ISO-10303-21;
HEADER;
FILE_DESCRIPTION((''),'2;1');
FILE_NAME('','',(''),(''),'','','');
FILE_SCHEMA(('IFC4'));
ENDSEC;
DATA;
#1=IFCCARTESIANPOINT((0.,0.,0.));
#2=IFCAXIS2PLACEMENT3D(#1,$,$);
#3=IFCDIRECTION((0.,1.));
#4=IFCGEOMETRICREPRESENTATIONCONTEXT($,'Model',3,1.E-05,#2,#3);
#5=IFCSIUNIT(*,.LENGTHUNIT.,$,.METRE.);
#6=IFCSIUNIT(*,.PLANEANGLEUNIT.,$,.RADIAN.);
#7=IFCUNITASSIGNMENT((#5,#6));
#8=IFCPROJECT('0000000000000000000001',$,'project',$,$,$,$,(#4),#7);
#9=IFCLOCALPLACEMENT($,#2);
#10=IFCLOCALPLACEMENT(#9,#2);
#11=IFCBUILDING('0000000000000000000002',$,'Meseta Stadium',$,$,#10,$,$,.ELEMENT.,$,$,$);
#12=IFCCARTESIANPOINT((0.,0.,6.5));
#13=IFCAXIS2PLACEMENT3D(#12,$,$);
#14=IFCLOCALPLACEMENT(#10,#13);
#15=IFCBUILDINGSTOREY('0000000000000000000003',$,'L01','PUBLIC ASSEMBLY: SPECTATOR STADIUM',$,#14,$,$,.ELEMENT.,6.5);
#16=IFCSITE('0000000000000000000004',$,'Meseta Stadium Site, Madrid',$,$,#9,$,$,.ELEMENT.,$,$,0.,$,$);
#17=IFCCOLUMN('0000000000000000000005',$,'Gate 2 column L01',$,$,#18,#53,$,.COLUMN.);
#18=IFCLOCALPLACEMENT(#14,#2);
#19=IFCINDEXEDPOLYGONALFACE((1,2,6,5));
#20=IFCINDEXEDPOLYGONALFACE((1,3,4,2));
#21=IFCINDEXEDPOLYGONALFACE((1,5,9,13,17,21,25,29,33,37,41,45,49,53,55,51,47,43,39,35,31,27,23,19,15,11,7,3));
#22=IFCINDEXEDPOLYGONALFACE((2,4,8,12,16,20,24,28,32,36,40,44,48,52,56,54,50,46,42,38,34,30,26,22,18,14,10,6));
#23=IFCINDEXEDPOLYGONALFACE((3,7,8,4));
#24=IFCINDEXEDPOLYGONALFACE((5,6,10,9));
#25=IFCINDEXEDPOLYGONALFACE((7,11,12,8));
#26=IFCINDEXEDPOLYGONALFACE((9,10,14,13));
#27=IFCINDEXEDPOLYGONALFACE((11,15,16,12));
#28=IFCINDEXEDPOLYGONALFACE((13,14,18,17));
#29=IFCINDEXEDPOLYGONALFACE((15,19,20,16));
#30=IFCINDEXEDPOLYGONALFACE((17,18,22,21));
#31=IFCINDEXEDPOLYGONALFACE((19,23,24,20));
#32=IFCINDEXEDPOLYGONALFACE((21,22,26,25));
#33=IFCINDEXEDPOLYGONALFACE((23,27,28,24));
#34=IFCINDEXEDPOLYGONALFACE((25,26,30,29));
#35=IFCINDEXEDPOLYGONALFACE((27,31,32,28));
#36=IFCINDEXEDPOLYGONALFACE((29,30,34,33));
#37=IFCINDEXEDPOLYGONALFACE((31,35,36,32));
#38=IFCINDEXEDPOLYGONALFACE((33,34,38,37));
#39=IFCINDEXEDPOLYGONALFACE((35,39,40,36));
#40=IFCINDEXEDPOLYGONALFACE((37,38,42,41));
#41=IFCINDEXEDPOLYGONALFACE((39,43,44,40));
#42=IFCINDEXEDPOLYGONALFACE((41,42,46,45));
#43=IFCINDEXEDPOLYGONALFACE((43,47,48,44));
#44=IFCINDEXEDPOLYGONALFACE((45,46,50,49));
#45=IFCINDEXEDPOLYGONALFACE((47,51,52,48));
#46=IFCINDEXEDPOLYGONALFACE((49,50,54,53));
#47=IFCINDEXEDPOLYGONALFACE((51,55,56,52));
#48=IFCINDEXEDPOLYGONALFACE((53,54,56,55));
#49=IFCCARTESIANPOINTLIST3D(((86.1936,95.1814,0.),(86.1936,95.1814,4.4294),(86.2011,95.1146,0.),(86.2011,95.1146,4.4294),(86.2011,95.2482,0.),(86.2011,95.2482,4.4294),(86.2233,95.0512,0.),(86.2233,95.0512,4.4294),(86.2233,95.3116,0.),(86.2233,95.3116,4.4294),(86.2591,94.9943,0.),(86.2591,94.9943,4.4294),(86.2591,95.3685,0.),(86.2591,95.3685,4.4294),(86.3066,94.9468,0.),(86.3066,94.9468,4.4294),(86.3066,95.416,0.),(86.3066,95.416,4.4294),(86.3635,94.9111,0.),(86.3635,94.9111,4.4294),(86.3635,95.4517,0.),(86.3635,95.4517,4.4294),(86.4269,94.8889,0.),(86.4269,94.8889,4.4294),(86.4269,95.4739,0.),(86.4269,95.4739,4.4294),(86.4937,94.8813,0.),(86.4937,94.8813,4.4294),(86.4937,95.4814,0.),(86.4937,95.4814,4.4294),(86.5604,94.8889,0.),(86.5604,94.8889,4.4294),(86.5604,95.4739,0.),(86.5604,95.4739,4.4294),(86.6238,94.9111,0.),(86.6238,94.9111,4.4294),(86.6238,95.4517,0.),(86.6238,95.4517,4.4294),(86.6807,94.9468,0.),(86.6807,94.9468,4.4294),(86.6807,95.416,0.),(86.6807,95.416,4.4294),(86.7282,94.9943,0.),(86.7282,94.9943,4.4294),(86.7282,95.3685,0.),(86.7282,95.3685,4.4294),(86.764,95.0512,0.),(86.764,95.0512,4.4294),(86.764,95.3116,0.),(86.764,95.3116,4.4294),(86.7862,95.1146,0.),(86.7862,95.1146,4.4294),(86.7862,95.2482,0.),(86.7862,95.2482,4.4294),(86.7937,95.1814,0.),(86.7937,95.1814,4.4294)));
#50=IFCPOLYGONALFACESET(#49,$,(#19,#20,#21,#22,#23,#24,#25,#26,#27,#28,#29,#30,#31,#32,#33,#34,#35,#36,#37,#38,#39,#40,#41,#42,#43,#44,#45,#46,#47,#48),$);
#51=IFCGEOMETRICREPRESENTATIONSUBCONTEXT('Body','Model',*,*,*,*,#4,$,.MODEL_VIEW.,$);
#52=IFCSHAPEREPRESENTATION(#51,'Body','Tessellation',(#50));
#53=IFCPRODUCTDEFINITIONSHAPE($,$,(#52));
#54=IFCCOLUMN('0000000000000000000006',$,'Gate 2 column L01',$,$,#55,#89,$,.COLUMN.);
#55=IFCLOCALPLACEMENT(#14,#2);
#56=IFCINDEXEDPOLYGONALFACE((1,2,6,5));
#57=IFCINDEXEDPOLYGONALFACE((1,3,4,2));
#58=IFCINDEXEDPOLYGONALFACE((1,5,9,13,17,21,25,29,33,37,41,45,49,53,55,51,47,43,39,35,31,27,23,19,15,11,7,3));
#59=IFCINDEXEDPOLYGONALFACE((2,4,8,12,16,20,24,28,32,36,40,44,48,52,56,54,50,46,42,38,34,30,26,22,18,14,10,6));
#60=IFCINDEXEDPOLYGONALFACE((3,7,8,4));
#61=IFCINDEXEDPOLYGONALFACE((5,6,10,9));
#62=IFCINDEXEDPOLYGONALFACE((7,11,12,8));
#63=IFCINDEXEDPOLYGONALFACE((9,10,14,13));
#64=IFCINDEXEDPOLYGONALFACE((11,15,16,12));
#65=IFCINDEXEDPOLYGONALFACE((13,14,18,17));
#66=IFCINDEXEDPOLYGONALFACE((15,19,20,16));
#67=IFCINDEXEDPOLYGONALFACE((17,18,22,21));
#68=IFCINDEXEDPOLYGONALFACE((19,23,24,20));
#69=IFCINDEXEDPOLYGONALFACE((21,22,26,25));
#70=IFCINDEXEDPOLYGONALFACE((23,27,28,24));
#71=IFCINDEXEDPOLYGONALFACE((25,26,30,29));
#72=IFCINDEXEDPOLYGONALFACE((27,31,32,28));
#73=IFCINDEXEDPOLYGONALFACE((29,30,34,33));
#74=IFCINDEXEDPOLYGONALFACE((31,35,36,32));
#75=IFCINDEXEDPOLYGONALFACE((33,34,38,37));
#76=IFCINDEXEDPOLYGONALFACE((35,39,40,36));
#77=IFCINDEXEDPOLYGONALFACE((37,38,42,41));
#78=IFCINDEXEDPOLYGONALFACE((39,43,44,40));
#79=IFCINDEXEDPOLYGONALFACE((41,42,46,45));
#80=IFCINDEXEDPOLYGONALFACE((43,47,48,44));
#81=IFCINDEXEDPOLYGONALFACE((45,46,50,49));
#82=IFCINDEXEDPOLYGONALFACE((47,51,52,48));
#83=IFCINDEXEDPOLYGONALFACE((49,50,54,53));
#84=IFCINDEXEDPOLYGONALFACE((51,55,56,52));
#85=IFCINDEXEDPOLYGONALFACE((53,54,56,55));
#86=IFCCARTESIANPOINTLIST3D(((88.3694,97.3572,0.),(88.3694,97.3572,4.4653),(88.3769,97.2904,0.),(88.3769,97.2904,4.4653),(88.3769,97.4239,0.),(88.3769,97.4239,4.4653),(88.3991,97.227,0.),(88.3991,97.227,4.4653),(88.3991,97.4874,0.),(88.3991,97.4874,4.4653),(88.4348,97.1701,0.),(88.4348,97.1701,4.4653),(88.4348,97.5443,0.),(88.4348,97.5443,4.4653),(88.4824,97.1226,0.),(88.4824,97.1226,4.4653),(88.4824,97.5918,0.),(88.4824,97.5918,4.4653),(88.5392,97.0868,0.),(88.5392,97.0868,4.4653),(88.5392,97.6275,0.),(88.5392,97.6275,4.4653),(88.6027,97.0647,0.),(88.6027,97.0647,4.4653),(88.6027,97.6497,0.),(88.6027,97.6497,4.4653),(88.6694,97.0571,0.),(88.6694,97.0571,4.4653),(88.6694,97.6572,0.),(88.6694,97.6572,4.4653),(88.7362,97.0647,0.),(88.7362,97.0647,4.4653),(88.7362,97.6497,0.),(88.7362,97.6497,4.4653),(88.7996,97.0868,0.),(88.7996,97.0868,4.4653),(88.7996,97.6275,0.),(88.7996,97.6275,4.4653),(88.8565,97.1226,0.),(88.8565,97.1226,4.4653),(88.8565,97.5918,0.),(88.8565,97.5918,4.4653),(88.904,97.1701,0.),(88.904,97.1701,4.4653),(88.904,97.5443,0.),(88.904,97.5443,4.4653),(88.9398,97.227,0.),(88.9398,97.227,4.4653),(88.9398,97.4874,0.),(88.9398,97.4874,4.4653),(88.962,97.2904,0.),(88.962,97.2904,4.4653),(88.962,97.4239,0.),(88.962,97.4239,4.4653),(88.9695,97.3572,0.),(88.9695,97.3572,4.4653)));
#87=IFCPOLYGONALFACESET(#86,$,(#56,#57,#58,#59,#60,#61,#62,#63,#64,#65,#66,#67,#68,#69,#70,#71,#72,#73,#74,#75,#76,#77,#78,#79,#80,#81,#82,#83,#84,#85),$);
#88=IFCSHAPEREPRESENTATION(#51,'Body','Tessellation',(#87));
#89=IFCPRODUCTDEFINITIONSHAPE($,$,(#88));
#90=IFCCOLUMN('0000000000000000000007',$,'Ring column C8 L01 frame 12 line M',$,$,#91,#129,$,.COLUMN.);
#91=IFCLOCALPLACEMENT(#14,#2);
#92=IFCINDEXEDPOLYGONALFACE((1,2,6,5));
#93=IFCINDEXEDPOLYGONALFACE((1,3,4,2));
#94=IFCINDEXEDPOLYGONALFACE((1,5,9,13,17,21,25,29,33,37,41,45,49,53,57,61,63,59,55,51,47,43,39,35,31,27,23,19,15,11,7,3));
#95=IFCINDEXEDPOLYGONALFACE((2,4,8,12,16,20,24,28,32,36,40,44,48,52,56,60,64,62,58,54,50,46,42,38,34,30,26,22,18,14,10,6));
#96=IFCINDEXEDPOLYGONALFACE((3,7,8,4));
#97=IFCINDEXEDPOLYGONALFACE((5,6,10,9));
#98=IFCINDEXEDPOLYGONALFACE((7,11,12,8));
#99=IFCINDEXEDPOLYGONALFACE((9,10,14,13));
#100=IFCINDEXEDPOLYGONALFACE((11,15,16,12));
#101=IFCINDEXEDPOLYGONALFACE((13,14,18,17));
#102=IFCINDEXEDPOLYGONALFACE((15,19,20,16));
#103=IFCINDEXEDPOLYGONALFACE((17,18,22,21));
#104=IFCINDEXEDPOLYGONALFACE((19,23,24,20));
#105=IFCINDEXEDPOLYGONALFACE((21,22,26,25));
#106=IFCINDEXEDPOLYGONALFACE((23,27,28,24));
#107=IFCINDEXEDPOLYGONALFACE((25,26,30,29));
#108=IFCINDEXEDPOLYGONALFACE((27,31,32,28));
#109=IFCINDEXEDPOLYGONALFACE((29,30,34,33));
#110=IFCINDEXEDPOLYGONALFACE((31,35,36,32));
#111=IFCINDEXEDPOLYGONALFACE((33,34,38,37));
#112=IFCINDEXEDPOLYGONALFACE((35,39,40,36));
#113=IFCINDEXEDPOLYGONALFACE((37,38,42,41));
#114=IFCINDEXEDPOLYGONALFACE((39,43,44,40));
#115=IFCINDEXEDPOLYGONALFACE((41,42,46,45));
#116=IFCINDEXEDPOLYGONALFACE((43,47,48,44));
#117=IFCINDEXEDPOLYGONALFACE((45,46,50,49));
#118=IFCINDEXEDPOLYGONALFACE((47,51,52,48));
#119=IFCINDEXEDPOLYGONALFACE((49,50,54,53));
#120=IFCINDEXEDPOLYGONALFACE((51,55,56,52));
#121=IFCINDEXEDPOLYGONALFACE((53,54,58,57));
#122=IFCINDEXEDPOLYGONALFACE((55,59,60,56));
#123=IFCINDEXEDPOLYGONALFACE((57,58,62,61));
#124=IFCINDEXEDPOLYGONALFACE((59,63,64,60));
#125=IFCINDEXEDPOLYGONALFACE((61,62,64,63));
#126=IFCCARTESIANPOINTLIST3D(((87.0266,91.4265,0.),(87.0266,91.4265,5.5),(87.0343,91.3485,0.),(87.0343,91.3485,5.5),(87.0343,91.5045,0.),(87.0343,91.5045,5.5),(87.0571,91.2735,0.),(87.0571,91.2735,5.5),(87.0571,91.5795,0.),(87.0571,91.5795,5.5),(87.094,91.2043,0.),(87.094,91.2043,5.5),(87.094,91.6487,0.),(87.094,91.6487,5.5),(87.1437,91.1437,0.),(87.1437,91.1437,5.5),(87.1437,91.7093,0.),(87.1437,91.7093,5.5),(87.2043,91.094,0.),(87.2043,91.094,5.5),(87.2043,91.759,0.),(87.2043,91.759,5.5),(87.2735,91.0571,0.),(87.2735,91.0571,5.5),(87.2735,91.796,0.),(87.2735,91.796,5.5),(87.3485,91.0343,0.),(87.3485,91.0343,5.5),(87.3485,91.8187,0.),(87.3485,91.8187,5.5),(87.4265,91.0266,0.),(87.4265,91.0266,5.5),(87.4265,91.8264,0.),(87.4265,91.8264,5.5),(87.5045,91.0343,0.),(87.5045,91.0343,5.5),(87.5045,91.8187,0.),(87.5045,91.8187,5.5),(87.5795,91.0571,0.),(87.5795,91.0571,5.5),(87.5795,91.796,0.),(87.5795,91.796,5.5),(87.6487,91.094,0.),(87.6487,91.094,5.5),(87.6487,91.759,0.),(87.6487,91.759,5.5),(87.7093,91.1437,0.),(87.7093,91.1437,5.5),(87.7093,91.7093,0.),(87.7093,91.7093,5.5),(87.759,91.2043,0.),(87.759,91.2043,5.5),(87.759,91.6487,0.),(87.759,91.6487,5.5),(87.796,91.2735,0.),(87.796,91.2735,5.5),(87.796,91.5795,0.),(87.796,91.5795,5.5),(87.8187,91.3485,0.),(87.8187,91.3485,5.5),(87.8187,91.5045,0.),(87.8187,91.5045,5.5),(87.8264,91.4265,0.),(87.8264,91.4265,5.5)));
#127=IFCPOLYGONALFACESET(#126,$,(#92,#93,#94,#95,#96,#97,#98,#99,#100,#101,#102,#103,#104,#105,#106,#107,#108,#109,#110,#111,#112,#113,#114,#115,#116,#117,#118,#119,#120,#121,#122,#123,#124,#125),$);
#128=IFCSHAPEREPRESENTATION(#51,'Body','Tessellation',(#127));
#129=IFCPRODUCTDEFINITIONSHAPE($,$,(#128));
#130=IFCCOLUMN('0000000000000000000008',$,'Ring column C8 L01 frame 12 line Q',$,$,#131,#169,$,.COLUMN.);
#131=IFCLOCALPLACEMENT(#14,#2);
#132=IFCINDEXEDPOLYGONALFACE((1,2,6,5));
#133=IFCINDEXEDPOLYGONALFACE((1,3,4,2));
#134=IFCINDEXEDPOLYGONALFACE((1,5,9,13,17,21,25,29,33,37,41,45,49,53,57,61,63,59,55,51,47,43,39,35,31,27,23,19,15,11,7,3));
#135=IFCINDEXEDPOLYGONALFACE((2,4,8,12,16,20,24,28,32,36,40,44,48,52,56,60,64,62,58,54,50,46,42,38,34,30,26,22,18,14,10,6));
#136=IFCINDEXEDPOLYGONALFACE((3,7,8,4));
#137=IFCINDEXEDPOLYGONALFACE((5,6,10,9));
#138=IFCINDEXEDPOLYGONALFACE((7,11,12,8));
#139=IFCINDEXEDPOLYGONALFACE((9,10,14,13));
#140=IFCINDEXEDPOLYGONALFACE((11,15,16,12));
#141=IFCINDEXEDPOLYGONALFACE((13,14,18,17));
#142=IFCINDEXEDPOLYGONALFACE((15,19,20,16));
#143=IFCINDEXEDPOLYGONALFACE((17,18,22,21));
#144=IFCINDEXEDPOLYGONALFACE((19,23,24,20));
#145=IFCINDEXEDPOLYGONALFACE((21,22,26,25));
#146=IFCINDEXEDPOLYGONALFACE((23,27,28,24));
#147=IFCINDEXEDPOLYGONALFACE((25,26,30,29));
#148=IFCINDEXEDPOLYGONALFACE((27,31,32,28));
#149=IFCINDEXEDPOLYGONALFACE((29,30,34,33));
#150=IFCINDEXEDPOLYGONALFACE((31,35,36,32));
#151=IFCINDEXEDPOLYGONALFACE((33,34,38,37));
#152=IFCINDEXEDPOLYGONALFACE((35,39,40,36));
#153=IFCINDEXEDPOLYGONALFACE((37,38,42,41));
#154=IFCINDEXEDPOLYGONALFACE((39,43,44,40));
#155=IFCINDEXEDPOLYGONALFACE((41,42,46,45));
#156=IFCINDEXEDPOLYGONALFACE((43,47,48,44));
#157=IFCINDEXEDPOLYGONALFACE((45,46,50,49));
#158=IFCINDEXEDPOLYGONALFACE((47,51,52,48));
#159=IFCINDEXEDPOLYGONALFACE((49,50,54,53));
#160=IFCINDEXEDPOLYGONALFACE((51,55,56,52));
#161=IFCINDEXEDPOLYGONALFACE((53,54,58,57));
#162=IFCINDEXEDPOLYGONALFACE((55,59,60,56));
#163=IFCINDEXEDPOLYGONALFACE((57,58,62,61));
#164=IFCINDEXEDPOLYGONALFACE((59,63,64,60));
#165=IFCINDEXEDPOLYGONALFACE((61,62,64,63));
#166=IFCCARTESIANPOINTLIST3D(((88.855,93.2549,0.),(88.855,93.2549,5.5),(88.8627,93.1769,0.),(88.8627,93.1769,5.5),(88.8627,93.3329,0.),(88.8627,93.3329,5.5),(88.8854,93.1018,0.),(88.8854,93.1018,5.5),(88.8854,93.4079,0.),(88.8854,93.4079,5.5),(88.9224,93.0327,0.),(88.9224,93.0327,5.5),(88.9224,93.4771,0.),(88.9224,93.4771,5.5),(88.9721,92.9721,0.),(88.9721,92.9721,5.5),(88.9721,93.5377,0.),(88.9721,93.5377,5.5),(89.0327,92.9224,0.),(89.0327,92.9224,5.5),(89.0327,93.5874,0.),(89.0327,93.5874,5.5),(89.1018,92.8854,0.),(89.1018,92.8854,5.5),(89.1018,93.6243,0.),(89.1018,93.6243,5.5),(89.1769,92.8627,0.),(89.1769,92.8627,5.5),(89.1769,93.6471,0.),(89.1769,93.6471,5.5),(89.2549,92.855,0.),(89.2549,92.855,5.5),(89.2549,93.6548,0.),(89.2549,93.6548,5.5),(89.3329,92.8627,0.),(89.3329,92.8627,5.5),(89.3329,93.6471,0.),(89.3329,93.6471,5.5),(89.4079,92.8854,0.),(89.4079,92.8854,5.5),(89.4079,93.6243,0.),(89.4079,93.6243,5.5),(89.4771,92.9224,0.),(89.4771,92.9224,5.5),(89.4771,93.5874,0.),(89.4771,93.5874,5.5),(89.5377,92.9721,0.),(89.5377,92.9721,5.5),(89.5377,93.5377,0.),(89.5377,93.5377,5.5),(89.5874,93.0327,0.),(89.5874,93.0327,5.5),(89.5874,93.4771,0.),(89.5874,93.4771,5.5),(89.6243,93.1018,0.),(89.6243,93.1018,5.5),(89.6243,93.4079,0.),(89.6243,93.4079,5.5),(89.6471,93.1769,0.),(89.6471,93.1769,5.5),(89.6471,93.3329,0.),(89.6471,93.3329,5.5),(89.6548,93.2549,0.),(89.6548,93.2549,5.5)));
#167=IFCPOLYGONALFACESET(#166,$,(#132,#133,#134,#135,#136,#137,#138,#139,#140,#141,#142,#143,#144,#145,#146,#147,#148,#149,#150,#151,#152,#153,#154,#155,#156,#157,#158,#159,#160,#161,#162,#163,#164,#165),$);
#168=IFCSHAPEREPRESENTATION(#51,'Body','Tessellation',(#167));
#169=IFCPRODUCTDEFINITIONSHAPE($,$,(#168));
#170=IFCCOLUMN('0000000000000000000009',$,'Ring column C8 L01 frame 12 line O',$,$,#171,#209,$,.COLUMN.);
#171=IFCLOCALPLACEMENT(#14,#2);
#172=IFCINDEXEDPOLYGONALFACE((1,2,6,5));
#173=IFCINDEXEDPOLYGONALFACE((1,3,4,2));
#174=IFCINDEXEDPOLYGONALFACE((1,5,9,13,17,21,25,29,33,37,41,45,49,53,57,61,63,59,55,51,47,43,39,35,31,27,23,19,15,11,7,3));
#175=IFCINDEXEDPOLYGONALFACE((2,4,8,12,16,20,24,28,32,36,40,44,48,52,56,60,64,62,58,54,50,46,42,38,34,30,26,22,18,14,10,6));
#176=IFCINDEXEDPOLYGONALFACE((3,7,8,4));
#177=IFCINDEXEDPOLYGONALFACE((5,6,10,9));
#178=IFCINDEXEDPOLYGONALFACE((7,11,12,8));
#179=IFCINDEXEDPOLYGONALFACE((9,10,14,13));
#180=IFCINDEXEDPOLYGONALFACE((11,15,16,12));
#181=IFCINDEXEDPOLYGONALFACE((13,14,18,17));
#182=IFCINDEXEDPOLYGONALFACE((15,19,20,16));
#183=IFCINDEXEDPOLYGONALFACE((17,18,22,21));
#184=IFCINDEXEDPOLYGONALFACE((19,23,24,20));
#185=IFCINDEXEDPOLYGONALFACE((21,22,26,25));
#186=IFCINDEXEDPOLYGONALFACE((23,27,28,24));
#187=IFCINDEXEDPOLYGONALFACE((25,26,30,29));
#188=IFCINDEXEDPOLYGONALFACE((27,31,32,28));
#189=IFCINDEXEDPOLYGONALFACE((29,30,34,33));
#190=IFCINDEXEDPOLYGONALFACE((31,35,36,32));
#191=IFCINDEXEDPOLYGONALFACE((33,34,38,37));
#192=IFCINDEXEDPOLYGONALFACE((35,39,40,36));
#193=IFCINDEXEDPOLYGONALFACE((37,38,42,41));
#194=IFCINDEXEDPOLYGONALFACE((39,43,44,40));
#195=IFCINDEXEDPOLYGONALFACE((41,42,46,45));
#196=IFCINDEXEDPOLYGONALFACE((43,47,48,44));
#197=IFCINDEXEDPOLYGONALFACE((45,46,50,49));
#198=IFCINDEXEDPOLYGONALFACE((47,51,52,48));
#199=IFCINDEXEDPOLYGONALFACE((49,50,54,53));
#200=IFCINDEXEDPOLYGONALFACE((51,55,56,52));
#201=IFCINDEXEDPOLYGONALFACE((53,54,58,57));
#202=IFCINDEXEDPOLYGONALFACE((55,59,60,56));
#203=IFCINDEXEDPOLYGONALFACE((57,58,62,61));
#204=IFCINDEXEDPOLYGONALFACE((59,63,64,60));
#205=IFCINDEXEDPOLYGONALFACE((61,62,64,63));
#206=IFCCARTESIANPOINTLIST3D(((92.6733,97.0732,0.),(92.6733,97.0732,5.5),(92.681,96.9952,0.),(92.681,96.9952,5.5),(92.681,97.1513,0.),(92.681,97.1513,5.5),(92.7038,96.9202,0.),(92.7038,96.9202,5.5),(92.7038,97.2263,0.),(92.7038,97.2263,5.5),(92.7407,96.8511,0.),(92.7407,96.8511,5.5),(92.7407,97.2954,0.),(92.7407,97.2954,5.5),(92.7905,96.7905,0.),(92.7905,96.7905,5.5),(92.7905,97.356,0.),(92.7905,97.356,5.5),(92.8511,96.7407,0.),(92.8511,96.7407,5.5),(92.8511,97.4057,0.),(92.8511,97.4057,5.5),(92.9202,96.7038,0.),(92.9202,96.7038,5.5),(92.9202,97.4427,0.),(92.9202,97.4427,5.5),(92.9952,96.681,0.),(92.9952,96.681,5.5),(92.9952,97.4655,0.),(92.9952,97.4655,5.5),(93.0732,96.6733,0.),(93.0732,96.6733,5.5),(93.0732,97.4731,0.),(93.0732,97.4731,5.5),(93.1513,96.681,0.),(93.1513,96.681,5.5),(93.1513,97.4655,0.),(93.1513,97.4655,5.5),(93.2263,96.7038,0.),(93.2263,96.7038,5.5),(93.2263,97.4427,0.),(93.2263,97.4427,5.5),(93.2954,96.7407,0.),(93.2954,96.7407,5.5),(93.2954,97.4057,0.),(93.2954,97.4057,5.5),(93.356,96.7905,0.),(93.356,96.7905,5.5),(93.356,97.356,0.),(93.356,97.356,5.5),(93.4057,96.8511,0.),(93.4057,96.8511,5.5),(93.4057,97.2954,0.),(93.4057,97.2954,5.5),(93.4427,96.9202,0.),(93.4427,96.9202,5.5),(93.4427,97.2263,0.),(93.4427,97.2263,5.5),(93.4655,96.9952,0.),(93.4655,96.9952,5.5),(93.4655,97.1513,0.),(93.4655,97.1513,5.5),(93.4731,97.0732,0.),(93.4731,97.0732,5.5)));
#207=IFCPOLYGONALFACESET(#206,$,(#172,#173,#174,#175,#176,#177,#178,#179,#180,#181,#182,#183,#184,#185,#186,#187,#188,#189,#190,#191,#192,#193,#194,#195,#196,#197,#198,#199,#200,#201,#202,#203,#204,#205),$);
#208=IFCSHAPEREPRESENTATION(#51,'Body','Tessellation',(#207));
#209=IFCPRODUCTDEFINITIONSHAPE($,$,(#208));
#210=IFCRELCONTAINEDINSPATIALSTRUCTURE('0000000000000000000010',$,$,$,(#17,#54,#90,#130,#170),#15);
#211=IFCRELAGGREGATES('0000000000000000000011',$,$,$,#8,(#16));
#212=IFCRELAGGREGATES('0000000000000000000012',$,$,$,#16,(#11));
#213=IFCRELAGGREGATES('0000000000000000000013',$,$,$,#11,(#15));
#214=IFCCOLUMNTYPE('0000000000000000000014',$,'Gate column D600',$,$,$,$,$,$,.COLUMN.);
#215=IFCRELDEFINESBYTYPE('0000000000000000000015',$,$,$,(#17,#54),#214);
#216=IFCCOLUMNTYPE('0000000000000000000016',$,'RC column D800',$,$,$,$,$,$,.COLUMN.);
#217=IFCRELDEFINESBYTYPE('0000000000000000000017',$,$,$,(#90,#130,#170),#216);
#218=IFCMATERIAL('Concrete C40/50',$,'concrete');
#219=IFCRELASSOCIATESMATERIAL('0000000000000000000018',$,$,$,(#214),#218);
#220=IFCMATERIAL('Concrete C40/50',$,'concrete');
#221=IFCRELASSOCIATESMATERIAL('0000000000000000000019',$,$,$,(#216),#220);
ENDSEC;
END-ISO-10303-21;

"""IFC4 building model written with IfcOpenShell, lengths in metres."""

from ifc_helpers import new_model, si_unit, direction, frame, origin, origin_2d, place, context, subcontext, project, spatial, circle, extrude, material, material_profile, profile_set, type_object, element, save


model = new_model("IFC4")

# Units and contexts
model_context = context("Model", 3, precision=1e-05, world=origin(), true_north=direction((0.0, 1.0)))
body_context = subcontext(model_context, "Body", "Model", "MODEL_VIEW")
ifc_project = project(units=[si_unit("LENGTHUNIT", "METRE"), si_unit("PLANEANGLEUNIT", "RADIAN")], contexts=[model_context])

# Site, building, storey
site_placement = place(None, origin())
site = spatial("IfcSite", under=ifc_project, at=site_placement, Name="Meseta Stadium Site, Madrid", CompositionType="ELEMENT", RefElevation=0.0)
building_placement = place(site_placement, origin())
building = spatial("IfcBuilding", under=site, at=building_placement, Name="Meseta Stadium", CompositionType="ELEMENT")
storey_placement = place(building_placement, frame((0.0, 0.0, 6.5)))
storey = spatial("IfcBuildingStorey", under=building, at=storey_placement, Name="L01", Description="PUBLIC ASSEMBLY: SPECTATOR STADIUM", CompositionType="ELEMENT", Elevation=6.5)

# Columns
ifc_material_1 = material(Name="Concrete C40/50", Category="concrete")
ifc_material_profile_1 = material_profile(ifc_material_1, circle(Radius=0.3, at=origin_2d()), Name="RC D600")
ifc_profile_set_1 = profile_set([ifc_material_profile_1], Name="Concrete C40/50")
column_type_1 = type_object("IfcColumnType", Name="Gate column D600", PredefinedType="COLUMN", material=ifc_profile_set_1)
column_1_placement = place(storey_placement, frame((86.4937, 95.1814, 0.0), z_axis=(0.0, 0.0, 1.0), x_axis=(1.0, 0.0, 0.0)))
element("IfcColumn", 1, at=column_1_placement, inside=storey, type_object=column_type_1, Name="Gate 2 column L01", PredefinedType="COLUMN", context=body_context, shape_type="SweptSolid", body=[
    extrude(circle(Radius=0.3, at=origin_2d()), origin(), (0.0, 0.0, 1.0), 4.4294),
])
column_2_placement = place(storey_placement, frame((88.6694, 97.3572, 0.0), z_axis=(0.0, 0.0, 1.0), x_axis=(1.0, 0.0, 0.0)))
element("IfcColumn", 2, at=column_2_placement, inside=storey, type_object=column_type_1, Name="Gate 2 column L01", PredefinedType="COLUMN", context=body_context, shape_type="SweptSolid", body=[
    extrude(circle(Radius=0.3, at=origin_2d()), origin(), (0.0, 0.0, 1.0), 4.4653),
])
ifc_material_2 = material(Name="Concrete C40/50", Category="concrete")
ifc_material_profile_2 = material_profile(ifc_material_2, circle(Radius=0.3999, at=origin_2d()), Name="RC D800")
ifc_profile_set_2 = profile_set([ifc_material_profile_2], Name="Concrete C40/50")
column_type_2 = type_object("IfcColumnType", Name="RC column D800", PredefinedType="COLUMN", material=ifc_profile_set_2)
for number, where, z_axis, x_axis, name in (
    (3, (87.4265, 91.4265, 0.0), (0.0, 0.0, 1.0), (1.0, 0.0, 0.0), "Ring column C8 L01 frame 12 line M"),
    (4, (89.2549, 93.2549, 0.0), (0.0, 0.0, 1.0), (1.0, 0.0, 0.0), "Ring column C8 L01 frame 12 line Q"),
    (5, (93.0732, 97.0732, 0.0), (0.0, 0.0, 1.0), (1.0, 0.0, 0.0), "Ring column C8 L01 frame 12 line O"),
):
    element("IfcColumn", number, at=place(storey_placement, frame(where, z_axis=z_axis, x_axis=x_axis)), inside=storey, type_object=column_type_2, Name=name, PredefinedType="COLUMN", context=body_context, shape_type="SweptSolid", body=[
        extrude(circle(Radius=0.3999, at=origin_2d()), origin(), (0.0, 0.0, 1.0), 5.5),
    ])

save(model, "model.ifc")
